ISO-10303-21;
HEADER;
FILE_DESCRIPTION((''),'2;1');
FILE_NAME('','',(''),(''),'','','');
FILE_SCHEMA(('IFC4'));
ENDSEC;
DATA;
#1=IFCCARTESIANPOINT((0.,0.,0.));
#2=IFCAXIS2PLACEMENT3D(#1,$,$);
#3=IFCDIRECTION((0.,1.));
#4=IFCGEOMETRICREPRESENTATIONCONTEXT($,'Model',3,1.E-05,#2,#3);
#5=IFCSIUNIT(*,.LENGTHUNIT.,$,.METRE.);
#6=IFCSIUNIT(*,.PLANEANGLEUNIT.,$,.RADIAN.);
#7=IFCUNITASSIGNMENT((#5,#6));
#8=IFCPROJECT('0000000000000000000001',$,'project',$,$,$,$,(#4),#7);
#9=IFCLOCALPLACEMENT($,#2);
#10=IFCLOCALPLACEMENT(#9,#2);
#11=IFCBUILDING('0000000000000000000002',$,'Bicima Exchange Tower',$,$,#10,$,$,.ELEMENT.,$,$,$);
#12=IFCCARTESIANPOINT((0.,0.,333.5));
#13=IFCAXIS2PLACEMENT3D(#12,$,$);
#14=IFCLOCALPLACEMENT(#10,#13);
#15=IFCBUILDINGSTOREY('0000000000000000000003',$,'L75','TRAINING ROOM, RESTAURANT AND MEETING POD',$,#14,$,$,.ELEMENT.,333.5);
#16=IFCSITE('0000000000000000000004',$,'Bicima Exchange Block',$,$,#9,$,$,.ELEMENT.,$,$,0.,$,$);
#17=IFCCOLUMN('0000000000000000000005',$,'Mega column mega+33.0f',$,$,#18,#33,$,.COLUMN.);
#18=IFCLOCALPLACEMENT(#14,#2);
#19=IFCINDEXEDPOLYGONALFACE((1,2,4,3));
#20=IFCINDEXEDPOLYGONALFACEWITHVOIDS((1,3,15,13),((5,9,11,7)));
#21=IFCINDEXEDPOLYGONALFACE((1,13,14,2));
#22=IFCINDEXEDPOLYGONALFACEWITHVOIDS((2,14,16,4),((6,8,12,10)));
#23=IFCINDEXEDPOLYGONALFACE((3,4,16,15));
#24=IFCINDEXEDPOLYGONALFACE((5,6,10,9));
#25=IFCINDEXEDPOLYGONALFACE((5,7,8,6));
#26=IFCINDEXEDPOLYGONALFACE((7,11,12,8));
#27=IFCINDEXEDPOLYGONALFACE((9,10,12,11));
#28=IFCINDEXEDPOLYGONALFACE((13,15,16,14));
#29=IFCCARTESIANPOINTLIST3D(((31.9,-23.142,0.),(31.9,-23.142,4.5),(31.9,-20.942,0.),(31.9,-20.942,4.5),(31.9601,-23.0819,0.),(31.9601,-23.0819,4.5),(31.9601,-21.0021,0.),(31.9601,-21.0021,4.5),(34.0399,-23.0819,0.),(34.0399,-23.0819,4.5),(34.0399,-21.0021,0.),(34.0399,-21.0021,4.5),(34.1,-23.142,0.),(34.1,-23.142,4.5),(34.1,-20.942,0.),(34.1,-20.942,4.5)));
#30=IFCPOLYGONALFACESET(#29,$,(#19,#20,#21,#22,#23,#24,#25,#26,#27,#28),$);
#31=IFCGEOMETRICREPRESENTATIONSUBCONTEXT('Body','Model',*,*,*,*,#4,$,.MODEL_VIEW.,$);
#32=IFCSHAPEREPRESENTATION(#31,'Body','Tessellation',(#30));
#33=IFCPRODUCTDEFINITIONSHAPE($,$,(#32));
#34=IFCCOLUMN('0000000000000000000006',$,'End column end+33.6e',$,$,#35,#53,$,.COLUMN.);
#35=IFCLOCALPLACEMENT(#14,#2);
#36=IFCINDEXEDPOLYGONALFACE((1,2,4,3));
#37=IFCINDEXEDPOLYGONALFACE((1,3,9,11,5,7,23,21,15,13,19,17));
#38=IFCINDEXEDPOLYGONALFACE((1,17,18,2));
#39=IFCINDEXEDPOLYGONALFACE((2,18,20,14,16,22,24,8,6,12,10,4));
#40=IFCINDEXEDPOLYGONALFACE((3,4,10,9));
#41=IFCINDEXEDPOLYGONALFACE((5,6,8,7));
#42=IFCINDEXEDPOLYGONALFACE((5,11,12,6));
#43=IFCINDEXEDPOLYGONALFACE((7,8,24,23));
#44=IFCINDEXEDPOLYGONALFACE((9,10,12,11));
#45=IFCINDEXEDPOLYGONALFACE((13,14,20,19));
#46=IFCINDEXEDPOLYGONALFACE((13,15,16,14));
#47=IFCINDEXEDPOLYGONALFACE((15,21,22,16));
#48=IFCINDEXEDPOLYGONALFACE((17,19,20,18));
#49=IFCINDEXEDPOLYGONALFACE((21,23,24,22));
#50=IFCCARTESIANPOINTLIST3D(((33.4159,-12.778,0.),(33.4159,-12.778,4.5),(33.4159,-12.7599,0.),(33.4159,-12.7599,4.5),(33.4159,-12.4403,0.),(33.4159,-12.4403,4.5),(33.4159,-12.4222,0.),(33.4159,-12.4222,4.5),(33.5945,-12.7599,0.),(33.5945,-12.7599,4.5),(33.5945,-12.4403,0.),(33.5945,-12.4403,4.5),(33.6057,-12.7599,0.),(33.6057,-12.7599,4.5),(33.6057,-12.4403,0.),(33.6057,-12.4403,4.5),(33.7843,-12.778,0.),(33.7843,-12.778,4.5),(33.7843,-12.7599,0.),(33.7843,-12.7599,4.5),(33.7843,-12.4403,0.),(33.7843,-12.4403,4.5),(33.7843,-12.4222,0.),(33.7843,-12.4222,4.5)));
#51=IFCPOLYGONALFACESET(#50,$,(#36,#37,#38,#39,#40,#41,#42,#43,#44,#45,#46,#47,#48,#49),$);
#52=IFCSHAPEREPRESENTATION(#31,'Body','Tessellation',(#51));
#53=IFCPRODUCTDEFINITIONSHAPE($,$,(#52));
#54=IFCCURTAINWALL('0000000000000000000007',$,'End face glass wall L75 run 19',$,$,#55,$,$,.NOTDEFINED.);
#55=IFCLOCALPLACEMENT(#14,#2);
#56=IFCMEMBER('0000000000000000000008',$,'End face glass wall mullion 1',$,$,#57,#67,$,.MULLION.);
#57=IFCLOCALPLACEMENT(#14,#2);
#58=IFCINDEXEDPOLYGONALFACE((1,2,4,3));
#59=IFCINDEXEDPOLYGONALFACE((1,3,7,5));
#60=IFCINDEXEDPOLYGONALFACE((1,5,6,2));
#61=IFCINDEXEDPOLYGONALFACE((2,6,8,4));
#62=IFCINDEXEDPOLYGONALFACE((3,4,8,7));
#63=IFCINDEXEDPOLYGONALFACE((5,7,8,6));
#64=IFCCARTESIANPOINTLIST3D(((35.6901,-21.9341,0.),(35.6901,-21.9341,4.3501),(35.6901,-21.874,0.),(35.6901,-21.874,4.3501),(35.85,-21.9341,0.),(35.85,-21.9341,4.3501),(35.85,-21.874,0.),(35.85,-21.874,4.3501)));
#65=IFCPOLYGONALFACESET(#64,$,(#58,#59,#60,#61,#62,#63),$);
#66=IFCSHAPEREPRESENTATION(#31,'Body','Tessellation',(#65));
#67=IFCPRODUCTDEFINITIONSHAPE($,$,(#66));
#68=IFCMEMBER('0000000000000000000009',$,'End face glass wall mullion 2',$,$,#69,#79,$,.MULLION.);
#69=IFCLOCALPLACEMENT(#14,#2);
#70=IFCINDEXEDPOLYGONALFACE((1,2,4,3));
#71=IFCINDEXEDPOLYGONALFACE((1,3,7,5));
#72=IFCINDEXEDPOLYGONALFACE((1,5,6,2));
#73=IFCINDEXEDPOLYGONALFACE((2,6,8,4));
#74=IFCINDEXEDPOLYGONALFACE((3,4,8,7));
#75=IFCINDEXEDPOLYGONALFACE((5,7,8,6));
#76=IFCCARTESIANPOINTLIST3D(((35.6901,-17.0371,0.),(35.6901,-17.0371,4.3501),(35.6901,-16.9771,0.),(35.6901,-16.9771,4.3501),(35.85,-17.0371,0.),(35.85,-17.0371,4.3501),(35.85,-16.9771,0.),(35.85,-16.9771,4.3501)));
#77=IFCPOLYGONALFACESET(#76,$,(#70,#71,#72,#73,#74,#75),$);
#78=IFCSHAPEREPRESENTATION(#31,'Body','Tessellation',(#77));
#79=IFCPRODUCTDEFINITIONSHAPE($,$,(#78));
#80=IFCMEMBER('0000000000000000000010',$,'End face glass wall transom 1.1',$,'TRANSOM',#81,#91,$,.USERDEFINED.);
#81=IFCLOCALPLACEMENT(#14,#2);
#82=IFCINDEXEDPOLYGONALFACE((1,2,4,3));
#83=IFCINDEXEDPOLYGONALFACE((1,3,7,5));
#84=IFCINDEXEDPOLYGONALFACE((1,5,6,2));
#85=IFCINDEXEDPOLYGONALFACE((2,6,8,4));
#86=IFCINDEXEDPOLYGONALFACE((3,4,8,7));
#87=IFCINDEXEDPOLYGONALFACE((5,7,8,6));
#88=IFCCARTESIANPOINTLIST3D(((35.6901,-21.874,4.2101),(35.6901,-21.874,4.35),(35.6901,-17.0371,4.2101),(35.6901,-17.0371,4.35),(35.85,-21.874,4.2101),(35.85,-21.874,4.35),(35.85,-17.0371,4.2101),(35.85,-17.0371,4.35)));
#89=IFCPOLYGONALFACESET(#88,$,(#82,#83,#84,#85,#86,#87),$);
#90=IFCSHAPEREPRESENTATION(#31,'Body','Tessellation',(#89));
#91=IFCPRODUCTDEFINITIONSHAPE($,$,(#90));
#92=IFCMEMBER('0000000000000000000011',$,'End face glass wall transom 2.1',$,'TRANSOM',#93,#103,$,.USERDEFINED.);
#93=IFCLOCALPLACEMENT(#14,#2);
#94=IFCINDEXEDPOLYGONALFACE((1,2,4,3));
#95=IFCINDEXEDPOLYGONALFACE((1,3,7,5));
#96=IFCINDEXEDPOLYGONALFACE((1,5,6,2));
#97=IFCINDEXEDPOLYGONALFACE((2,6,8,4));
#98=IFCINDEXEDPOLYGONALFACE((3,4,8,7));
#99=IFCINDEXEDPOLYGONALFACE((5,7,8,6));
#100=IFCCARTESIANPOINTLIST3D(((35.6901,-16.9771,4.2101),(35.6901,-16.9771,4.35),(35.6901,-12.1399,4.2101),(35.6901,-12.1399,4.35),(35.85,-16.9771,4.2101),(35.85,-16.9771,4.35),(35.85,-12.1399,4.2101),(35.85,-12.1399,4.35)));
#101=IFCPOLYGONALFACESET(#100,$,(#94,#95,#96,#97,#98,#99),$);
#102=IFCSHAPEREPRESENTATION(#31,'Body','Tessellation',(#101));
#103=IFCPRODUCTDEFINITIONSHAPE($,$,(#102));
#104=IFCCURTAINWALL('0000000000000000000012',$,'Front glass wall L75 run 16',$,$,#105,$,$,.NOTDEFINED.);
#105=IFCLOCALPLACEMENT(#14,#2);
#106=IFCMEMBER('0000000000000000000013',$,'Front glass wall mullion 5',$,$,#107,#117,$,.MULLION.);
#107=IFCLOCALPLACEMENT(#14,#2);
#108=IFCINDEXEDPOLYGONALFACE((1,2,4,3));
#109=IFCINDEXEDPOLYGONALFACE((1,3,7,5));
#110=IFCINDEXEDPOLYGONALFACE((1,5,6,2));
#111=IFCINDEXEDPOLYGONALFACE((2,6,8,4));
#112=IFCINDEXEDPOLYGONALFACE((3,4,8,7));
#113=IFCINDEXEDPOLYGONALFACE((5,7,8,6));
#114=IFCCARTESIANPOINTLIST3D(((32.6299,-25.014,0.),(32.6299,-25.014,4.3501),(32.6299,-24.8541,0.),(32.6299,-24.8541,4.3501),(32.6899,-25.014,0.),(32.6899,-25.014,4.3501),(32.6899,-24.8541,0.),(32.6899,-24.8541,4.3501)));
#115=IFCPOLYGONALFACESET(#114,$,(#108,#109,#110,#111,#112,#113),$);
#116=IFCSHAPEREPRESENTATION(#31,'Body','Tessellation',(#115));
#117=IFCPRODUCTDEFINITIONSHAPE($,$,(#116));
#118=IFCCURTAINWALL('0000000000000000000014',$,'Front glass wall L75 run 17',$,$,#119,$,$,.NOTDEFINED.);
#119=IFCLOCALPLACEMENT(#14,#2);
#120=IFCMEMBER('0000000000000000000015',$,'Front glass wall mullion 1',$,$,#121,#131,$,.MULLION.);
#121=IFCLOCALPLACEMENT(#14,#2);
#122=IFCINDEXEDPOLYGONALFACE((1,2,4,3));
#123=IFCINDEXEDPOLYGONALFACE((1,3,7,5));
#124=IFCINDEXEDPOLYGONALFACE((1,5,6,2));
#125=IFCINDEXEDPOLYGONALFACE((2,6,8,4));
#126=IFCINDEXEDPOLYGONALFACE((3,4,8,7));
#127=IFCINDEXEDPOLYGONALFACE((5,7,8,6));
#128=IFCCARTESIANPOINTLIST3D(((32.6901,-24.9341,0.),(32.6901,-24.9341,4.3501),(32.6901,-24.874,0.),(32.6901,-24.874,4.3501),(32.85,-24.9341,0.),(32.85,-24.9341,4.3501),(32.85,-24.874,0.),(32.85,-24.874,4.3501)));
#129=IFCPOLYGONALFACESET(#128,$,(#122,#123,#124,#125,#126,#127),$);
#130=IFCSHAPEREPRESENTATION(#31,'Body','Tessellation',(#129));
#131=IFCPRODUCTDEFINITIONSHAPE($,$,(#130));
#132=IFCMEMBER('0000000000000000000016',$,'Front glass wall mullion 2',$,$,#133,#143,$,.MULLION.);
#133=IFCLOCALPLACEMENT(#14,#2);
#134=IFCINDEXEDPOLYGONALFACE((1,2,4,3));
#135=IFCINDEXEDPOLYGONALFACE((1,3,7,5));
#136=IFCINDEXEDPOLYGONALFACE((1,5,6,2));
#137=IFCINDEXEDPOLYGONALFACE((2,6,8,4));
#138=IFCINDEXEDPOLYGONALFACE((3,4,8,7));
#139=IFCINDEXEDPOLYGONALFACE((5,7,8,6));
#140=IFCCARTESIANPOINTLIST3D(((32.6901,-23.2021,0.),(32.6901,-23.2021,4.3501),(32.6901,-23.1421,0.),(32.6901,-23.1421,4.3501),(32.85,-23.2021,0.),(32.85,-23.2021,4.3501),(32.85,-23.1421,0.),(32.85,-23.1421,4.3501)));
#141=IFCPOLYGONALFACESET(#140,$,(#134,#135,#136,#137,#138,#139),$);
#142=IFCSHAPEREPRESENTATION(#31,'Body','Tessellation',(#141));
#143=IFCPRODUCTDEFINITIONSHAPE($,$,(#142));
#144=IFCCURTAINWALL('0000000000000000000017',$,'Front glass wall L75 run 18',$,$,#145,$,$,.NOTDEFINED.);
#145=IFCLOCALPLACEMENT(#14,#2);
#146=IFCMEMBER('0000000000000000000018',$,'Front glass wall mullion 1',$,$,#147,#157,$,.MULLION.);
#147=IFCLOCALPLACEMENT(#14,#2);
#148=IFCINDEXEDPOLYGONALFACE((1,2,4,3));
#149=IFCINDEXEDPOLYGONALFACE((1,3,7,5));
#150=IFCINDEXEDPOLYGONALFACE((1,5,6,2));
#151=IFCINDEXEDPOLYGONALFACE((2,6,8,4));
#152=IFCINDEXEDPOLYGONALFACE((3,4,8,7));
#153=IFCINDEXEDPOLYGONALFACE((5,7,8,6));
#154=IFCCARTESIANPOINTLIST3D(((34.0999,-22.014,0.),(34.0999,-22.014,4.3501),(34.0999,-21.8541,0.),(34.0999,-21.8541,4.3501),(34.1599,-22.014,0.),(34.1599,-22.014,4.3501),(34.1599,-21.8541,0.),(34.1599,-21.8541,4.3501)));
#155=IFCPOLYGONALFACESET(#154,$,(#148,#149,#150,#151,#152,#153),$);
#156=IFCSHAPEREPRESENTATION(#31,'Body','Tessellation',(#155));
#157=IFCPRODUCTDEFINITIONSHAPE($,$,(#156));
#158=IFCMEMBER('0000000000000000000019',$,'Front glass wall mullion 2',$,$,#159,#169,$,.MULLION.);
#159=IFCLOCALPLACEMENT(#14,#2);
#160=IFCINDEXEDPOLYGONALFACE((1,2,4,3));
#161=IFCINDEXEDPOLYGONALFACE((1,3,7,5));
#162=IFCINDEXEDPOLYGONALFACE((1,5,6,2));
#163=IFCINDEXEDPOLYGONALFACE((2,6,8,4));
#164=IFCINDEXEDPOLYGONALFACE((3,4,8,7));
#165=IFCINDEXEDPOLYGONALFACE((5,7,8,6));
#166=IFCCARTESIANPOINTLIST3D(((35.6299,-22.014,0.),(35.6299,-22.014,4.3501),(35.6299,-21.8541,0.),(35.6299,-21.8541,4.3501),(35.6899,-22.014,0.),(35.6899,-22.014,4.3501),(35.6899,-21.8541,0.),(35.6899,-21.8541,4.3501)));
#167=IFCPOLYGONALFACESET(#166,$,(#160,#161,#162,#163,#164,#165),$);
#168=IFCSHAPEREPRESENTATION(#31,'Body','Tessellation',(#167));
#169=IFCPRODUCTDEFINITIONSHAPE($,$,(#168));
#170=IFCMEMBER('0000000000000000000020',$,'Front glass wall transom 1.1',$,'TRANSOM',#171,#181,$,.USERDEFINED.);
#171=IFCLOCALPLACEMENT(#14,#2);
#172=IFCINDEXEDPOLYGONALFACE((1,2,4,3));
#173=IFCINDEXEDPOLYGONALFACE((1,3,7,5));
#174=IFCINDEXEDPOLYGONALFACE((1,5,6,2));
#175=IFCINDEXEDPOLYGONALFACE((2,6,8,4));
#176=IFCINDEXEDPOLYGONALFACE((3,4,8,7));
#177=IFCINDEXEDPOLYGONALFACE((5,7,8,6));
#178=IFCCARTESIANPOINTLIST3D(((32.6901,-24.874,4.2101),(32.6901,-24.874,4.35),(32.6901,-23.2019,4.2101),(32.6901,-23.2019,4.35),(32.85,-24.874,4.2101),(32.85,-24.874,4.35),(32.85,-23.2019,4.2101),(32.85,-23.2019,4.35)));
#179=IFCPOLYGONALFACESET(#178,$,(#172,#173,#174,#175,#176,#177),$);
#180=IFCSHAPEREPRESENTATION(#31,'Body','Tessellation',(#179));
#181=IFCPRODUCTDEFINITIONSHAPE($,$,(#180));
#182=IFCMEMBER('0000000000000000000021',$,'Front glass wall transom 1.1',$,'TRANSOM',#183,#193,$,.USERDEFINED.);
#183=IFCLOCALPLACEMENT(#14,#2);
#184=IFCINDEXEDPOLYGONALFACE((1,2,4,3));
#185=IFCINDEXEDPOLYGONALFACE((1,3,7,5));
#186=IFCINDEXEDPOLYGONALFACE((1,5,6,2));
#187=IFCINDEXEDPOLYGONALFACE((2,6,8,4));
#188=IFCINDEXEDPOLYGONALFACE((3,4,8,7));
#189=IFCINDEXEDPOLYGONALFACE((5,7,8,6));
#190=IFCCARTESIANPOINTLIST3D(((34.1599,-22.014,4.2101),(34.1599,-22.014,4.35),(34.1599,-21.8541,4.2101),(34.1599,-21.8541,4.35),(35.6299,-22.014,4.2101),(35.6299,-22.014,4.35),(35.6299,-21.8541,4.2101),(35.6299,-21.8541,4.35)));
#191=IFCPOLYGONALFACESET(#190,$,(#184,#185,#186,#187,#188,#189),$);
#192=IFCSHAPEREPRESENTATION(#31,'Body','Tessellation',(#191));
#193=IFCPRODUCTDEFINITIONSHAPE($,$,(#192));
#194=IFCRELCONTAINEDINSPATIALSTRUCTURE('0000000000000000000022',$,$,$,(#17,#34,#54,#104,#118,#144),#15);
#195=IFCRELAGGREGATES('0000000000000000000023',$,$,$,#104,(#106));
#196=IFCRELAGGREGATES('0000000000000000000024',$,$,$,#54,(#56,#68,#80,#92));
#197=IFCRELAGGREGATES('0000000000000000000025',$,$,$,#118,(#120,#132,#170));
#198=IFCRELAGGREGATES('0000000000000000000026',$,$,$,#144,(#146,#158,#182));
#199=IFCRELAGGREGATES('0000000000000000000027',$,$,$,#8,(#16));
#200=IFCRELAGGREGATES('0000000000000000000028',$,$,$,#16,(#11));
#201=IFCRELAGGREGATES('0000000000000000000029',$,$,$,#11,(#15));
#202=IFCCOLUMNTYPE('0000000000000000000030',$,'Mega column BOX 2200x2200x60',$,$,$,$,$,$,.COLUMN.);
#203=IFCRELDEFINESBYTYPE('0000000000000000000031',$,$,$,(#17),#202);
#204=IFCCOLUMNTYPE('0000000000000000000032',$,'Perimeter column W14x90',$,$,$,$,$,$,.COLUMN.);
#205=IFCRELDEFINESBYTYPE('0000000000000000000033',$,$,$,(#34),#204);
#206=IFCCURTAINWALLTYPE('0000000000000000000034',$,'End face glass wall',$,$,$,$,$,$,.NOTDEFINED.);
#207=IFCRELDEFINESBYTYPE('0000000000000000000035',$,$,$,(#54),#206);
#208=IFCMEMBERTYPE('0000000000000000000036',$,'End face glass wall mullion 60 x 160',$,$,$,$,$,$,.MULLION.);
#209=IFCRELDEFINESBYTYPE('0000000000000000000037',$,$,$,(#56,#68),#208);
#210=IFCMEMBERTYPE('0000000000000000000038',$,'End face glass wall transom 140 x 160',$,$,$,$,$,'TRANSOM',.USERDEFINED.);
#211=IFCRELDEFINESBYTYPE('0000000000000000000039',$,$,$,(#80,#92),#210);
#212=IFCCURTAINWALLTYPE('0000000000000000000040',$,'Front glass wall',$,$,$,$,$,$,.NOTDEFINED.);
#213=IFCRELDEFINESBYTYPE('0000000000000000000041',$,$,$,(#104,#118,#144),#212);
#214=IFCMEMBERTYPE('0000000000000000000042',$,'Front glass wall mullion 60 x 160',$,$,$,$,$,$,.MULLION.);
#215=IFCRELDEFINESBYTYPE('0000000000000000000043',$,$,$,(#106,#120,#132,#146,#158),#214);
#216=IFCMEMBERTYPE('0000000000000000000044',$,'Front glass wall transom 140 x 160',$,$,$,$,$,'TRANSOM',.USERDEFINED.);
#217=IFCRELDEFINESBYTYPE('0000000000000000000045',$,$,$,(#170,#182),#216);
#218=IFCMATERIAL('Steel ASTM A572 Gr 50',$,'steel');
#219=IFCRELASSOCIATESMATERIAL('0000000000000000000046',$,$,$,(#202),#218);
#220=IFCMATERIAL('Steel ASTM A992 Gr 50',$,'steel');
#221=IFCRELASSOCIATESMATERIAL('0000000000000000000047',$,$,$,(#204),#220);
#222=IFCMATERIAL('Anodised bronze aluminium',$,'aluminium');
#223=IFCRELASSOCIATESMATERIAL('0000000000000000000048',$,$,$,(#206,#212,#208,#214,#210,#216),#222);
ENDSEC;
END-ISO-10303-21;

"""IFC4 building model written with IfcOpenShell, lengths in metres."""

from ifc_helpers import new_model, si_unit, direction, frame, origin, origin_2d, place, context, subcontext, project, spatial, rectangle, hollow_rectangle, i_section, extrude, material, material_profile, profile_set, type_object, element, aggregate, save


model = new_model("IFC4")

# Units and contexts
model_context = context("Model", 3, precision=1e-05, world=origin(), true_north=direction((0.0, 1.0)))
body_context = subcontext(model_context, "Body", "Model", "MODEL_VIEW")
ifc_project = project(units=[si_unit("LENGTHUNIT", "METRE"), si_unit("PLANEANGLEUNIT", "RADIAN")], contexts=[model_context])

# Site, building, storey
site_placement = place(None, origin())
site = spatial("IfcSite", under=ifc_project, at=site_placement, Name="Bicima Exchange Block", CompositionType="ELEMENT", RefElevation=0.0)
building_placement = place(site_placement, origin())
building = spatial("IfcBuilding", under=site, at=building_placement, Name="Bicima Exchange Tower", CompositionType="ELEMENT")
storey_placement = place(building_placement, frame((0.0, 0.0, 333.5)))
storey = spatial("IfcBuildingStorey", under=building, at=storey_placement, Name="L75", Description="TRAINING ROOM, RESTAURANT AND MEETING POD", CompositionType="ELEMENT", Elevation=333.5)

# Columns
ifc_material_1 = material(Name="Steel ASTM A572 Gr 50", Category="steel")
ifc_material_profile_1 = material_profile(ifc_material_1, hollow_rectangle(XDim=2.2, YDim=2.2, WallThickness=0.0601, at=origin_2d()))
ifc_profile_set_1 = profile_set([ifc_material_profile_1], Name="Steel ASTM A572 Gr 50")
column_type_1 = type_object("IfcColumnType", Name="Mega column BOX 2200x2200x60", PredefinedType="COLUMN", material=ifc_profile_set_1)
column_1_placement = place(storey_placement, frame((33.0, -22.042, 0.0), z_axis=(0.0, 0.0, 1.0), x_axis=(1.0, 0.0, 0.0)))
element("IfcColumn", 1, at=column_1_placement, inside=storey, type_object=column_type_1, Name="Mega column mega+33.0f", PredefinedType="COLUMN", context=body_context, shape_type="SweptSolid", body=[
    extrude(hollow_rectangle(XDim=2.2, YDim=2.2, WallThickness=0.0601, at=origin_2d()), origin(), (0.0, 0.0, 1.0), 4.5),
])
ifc_material_2 = material(Name="Steel ASTM A992 Gr 50", Category="steel")
ifc_material_profile_2 = material_profile(ifc_material_2, i_section(OverallWidth=0.3684, OverallDepth=0.3557, WebThickness=0.0112, FlangeThickness=0.0181, at=origin_2d()))
ifc_profile_set_2 = profile_set([ifc_material_profile_2], Name="Steel ASTM A992 Gr 50")
column_type_2 = type_object("IfcColumnType", Name="Perimeter column W14x90", PredefinedType="COLUMN", material=ifc_profile_set_2)
column_2_placement = place(storey_placement, frame((33.6001, -12.6001, 0.0), z_axis=(0.0, 0.0, 1.0), x_axis=(1.0, 0.0, 0.0)))
element("IfcColumn", 2, at=column_2_placement, inside=storey, type_object=column_type_2, Name="End column end+33.6e", PredefinedType="COLUMN", context=body_context, shape_type="SweptSolid", body=[
    extrude(i_section(OverallWidth=0.3684, OverallDepth=0.3557, WebThickness=0.0112, FlangeThickness=0.0181, at=origin_2d()), origin(), (0.0, 0.0, 1.0), 4.5),
])

# Curtain wall, members
ifc_material_3 = material(Name="Anodised bronze aluminium", Category="aluminium")
curtain_wall_type_1 = type_object("IfcCurtainWallType", Name="End face glass wall", PredefinedType="NOTDEFINED", material=ifc_material_3)
curtain_wall_1_placement = place(storey_placement, origin())
curtain_wall_1 = element("IfcCurtainWall", 3, at=curtain_wall_1_placement, inside=storey, type_object=curtain_wall_type_1, Name="End face glass wall L75 run 19", PredefinedType="NOTDEFINED")
ifc_material_profile_3 = material_profile(ifc_material_3, rectangle(XDim=0.1599, YDim=0.0601, at=origin_2d()))
ifc_profile_set_3 = profile_set([ifc_material_profile_3], Name="Anodised bronze aluminium")
member_type_1 = type_object("IfcMemberType", Name="End face glass wall mullion 60 x 160", PredefinedType="MULLION", material=ifc_profile_set_3)
member_1_placement = place(storey_placement, frame((35.77, -21.9041, 0.0), z_axis=(0.0, 0.0, 1.0), x_axis=(-1.0, 0.0, 0.0)))
member_1 = element("IfcMember", 4, at=member_1_placement, type_object=member_type_1, Name="End face glass wall mullion 1", PredefinedType="MULLION", context=body_context, shape_type="SweptSolid", body=[
    extrude(rectangle(XDim=0.1599, YDim=0.0601, at=origin_2d()), origin(), (0.0, 0.0, 1.0), 4.3501),
])
member_2_placement = place(storey_placement, frame((35.77, -17.0071, 0.0), z_axis=(0.0, 0.0, 1.0), x_axis=(-1.0, 0.0, 0.0)))
member_2 = element("IfcMember", 5, at=member_2_placement, type_object=member_type_1, Name="End face glass wall mullion 2", PredefinedType="MULLION", context=body_context, shape_type="SweptSolid", body=[
    extrude(rectangle(XDim=0.1599, YDim=0.0601, at=origin_2d()), origin(), (0.0, 0.0, 1.0), 4.3501),
])
ifc_material_profile_4 = material_profile(ifc_material_3, rectangle(XDim=0.1599, YDim=0.1399, at=origin_2d()))
ifc_profile_set_4 = profile_set([ifc_material_profile_4], Name="Anodised bronze aluminium")
member_type_2 = type_object("IfcMemberType", Name="End face glass wall transom 140 x 160", ElementType="TRANSOM", PredefinedType="USERDEFINED", material=ifc_profile_set_4)
member_3_placement = place(storey_placement, frame((35.77, -21.874, 4.28), z_axis=(0.0, 1.0, 0.0), x_axis=(-1.0, 0.0, 0.0)))
member_3 = element("IfcMember", 6, at=member_3_placement, type_object=member_type_2, Name="End face glass wall transom 1.1", ObjectType="TRANSOM", PredefinedType="USERDEFINED", context=body_context, shape_type="SweptSolid", body=[
    extrude(rectangle(XDim=0.1599, YDim=0.1399, at=origin_2d()), origin(), (0.0, 0.0, 1.0), 4.8369),
])
member_4_placement = place(storey_placement, frame((35.77, -16.9771, 4.28), z_axis=(0.0, 1.0, 0.0), x_axis=(-1.0, 0.0, 0.0)))
member_4 = element("IfcMember", 7, at=member_4_placement, type_object=member_type_2, Name="End face glass wall transom 2.1", ObjectType="TRANSOM", PredefinedType="USERDEFINED", context=body_context, shape_type="SweptSolid", body=[
    extrude(rectangle(XDim=0.1599, YDim=0.1399, at=origin_2d()), origin(), (0.0, 0.0, 1.0), 4.8372),
])

# Curtain wall, member
curtain_wall_type_2 = type_object("IfcCurtainWallType", Name="Front glass wall", PredefinedType="NOTDEFINED", material=ifc_material_3)
curtain_wall_2_placement = place(storey_placement, origin())
curtain_wall_2 = element("IfcCurtainWall", 8, at=curtain_wall_2_placement, inside=storey, type_object=curtain_wall_type_2, Name="Front glass wall L75 run 16", PredefinedType="NOTDEFINED")
member_type_3 = type_object("IfcMemberType", Name="Front glass wall mullion 60 x 160", PredefinedType="MULLION", material=ifc_profile_set_3)
member_5_placement = place(storey_placement, frame((32.6599, -24.9341, 0.0), z_axis=(0.0, 0.0, 1.0), x_axis=(0.0, 1.0, 0.0)))
member_5 = element("IfcMember", 9, at=member_5_placement, type_object=member_type_3, Name="Front glass wall mullion 5", PredefinedType="MULLION", context=body_context, shape_type="SweptSolid", body=[
    extrude(rectangle(XDim=0.1599, YDim=0.0601, at=origin_2d()), origin(), (0.0, 0.0, 1.0), 4.3501),
])
aggregate(curtain_wall_2, [member_5])

# Curtain walls, members
curtain_wall_3_placement = place(storey_placement, origin())
curtain_wall_3 = element("IfcCurtainWall", 10, at=curtain_wall_3_placement, inside=storey, type_object=curtain_wall_type_2, Name="Front glass wall L75 run 17", PredefinedType="NOTDEFINED")
member_6_placement = place(storey_placement, frame((32.77, -24.9041, 0.0), z_axis=(0.0, 0.0, 1.0), x_axis=(-1.0, 0.0, 0.0)))
member_6 = element("IfcMember", 11, at=member_6_placement, type_object=member_type_3, Name="Front glass wall mullion 1", PredefinedType="MULLION", context=body_context, shape_type="SweptSolid", body=[
    extrude(rectangle(XDim=0.1599, YDim=0.0601, at=origin_2d()), origin(), (0.0, 0.0, 1.0), 4.3501),
])
member_7_placement = place(storey_placement, frame((32.77, -23.1721, 0.0), z_axis=(0.0, 0.0, 1.0), x_axis=(-1.0, 0.0, 0.0)))
member_7 = element("IfcMember", 12, at=member_7_placement, type_object=member_type_3, Name="Front glass wall mullion 2", PredefinedType="MULLION", context=body_context, shape_type="SweptSolid", body=[
    extrude(rectangle(XDim=0.1599, YDim=0.0601, at=origin_2d()), origin(), (0.0, 0.0, 1.0), 4.3501),
])
curtain_wall_4_placement = place(storey_placement, origin())
curtain_wall_4 = element("IfcCurtainWall", 13, at=curtain_wall_4_placement, inside=storey, type_object=curtain_wall_type_2, Name="Front glass wall L75 run 18", PredefinedType="NOTDEFINED")
member_8_placement = place(storey_placement, frame((34.1299, -21.9341, 0.0), z_axis=(0.0, 0.0, 1.0), x_axis=(0.0, 1.0, 0.0)))
member_8 = element("IfcMember", 14, at=member_8_placement, type_object=member_type_3, Name="Front glass wall mullion 1", PredefinedType="MULLION", context=body_context, shape_type="SweptSolid", body=[
    extrude(rectangle(XDim=0.1599, YDim=0.0601, at=origin_2d()), origin(), (0.0, 0.0, 1.0), 4.3501),
])
member_9_placement = place(storey_placement, frame((35.6599, -21.9341, 0.0), z_axis=(0.0, 0.0, 1.0), x_axis=(0.0, 1.0, 0.0)))
member_9 = element("IfcMember", 15, at=member_9_placement, type_object=member_type_3, Name="Front glass wall mullion 2", PredefinedType="MULLION", context=body_context, shape_type="SweptSolid", body=[
    extrude(rectangle(XDim=0.1599, YDim=0.0601, at=origin_2d()), origin(), (0.0, 0.0, 1.0), 4.3501),
])

# Members
member_type_4 = type_object("IfcMemberType", Name="Front glass wall transom 140 x 160", ElementType="TRANSOM", PredefinedType="USERDEFINED", material=ifc_profile_set_4)
member_10_placement = place(storey_placement, frame((32.77, -24.874, 4.28), z_axis=(0.0, 1.0, 0.0), x_axis=(-1.0, 0.0, 0.0)))
member_10 = element("IfcMember", 16, at=member_10_placement, type_object=member_type_4, Name="Front glass wall transom 1.1", ObjectType="TRANSOM", PredefinedType="USERDEFINED", context=body_context, shape_type="SweptSolid", body=[
    extrude(rectangle(XDim=0.1599, YDim=0.1399, at=origin_2d()), origin(), (0.0, 0.0, 1.0), 1.6721),
])
member_11_placement = place(storey_placement, frame((34.1599, -21.9341, 4.28), z_axis=(1.0, 0.0, 0.0), x_axis=(0.0, 1.0, 0.0)))
member_11 = element("IfcMember", 17, at=member_11_placement, type_object=member_type_4, Name="Front glass wall transom 1.1", ObjectType="TRANSOM", PredefinedType="USERDEFINED", context=body_context, shape_type="SweptSolid", body=[
    extrude(rectangle(XDim=0.1599, YDim=0.1399, at=origin_2d()), origin(), (0.0, 0.0, 1.0), 1.47),
])

aggregate(curtain_wall_1, [member_1, member_2, member_3, member_4])
aggregate(curtain_wall_3, [member_6, member_7, member_10])
aggregate(curtain_wall_4, [member_8, member_9, member_11])

save(model, "model.ifc")
